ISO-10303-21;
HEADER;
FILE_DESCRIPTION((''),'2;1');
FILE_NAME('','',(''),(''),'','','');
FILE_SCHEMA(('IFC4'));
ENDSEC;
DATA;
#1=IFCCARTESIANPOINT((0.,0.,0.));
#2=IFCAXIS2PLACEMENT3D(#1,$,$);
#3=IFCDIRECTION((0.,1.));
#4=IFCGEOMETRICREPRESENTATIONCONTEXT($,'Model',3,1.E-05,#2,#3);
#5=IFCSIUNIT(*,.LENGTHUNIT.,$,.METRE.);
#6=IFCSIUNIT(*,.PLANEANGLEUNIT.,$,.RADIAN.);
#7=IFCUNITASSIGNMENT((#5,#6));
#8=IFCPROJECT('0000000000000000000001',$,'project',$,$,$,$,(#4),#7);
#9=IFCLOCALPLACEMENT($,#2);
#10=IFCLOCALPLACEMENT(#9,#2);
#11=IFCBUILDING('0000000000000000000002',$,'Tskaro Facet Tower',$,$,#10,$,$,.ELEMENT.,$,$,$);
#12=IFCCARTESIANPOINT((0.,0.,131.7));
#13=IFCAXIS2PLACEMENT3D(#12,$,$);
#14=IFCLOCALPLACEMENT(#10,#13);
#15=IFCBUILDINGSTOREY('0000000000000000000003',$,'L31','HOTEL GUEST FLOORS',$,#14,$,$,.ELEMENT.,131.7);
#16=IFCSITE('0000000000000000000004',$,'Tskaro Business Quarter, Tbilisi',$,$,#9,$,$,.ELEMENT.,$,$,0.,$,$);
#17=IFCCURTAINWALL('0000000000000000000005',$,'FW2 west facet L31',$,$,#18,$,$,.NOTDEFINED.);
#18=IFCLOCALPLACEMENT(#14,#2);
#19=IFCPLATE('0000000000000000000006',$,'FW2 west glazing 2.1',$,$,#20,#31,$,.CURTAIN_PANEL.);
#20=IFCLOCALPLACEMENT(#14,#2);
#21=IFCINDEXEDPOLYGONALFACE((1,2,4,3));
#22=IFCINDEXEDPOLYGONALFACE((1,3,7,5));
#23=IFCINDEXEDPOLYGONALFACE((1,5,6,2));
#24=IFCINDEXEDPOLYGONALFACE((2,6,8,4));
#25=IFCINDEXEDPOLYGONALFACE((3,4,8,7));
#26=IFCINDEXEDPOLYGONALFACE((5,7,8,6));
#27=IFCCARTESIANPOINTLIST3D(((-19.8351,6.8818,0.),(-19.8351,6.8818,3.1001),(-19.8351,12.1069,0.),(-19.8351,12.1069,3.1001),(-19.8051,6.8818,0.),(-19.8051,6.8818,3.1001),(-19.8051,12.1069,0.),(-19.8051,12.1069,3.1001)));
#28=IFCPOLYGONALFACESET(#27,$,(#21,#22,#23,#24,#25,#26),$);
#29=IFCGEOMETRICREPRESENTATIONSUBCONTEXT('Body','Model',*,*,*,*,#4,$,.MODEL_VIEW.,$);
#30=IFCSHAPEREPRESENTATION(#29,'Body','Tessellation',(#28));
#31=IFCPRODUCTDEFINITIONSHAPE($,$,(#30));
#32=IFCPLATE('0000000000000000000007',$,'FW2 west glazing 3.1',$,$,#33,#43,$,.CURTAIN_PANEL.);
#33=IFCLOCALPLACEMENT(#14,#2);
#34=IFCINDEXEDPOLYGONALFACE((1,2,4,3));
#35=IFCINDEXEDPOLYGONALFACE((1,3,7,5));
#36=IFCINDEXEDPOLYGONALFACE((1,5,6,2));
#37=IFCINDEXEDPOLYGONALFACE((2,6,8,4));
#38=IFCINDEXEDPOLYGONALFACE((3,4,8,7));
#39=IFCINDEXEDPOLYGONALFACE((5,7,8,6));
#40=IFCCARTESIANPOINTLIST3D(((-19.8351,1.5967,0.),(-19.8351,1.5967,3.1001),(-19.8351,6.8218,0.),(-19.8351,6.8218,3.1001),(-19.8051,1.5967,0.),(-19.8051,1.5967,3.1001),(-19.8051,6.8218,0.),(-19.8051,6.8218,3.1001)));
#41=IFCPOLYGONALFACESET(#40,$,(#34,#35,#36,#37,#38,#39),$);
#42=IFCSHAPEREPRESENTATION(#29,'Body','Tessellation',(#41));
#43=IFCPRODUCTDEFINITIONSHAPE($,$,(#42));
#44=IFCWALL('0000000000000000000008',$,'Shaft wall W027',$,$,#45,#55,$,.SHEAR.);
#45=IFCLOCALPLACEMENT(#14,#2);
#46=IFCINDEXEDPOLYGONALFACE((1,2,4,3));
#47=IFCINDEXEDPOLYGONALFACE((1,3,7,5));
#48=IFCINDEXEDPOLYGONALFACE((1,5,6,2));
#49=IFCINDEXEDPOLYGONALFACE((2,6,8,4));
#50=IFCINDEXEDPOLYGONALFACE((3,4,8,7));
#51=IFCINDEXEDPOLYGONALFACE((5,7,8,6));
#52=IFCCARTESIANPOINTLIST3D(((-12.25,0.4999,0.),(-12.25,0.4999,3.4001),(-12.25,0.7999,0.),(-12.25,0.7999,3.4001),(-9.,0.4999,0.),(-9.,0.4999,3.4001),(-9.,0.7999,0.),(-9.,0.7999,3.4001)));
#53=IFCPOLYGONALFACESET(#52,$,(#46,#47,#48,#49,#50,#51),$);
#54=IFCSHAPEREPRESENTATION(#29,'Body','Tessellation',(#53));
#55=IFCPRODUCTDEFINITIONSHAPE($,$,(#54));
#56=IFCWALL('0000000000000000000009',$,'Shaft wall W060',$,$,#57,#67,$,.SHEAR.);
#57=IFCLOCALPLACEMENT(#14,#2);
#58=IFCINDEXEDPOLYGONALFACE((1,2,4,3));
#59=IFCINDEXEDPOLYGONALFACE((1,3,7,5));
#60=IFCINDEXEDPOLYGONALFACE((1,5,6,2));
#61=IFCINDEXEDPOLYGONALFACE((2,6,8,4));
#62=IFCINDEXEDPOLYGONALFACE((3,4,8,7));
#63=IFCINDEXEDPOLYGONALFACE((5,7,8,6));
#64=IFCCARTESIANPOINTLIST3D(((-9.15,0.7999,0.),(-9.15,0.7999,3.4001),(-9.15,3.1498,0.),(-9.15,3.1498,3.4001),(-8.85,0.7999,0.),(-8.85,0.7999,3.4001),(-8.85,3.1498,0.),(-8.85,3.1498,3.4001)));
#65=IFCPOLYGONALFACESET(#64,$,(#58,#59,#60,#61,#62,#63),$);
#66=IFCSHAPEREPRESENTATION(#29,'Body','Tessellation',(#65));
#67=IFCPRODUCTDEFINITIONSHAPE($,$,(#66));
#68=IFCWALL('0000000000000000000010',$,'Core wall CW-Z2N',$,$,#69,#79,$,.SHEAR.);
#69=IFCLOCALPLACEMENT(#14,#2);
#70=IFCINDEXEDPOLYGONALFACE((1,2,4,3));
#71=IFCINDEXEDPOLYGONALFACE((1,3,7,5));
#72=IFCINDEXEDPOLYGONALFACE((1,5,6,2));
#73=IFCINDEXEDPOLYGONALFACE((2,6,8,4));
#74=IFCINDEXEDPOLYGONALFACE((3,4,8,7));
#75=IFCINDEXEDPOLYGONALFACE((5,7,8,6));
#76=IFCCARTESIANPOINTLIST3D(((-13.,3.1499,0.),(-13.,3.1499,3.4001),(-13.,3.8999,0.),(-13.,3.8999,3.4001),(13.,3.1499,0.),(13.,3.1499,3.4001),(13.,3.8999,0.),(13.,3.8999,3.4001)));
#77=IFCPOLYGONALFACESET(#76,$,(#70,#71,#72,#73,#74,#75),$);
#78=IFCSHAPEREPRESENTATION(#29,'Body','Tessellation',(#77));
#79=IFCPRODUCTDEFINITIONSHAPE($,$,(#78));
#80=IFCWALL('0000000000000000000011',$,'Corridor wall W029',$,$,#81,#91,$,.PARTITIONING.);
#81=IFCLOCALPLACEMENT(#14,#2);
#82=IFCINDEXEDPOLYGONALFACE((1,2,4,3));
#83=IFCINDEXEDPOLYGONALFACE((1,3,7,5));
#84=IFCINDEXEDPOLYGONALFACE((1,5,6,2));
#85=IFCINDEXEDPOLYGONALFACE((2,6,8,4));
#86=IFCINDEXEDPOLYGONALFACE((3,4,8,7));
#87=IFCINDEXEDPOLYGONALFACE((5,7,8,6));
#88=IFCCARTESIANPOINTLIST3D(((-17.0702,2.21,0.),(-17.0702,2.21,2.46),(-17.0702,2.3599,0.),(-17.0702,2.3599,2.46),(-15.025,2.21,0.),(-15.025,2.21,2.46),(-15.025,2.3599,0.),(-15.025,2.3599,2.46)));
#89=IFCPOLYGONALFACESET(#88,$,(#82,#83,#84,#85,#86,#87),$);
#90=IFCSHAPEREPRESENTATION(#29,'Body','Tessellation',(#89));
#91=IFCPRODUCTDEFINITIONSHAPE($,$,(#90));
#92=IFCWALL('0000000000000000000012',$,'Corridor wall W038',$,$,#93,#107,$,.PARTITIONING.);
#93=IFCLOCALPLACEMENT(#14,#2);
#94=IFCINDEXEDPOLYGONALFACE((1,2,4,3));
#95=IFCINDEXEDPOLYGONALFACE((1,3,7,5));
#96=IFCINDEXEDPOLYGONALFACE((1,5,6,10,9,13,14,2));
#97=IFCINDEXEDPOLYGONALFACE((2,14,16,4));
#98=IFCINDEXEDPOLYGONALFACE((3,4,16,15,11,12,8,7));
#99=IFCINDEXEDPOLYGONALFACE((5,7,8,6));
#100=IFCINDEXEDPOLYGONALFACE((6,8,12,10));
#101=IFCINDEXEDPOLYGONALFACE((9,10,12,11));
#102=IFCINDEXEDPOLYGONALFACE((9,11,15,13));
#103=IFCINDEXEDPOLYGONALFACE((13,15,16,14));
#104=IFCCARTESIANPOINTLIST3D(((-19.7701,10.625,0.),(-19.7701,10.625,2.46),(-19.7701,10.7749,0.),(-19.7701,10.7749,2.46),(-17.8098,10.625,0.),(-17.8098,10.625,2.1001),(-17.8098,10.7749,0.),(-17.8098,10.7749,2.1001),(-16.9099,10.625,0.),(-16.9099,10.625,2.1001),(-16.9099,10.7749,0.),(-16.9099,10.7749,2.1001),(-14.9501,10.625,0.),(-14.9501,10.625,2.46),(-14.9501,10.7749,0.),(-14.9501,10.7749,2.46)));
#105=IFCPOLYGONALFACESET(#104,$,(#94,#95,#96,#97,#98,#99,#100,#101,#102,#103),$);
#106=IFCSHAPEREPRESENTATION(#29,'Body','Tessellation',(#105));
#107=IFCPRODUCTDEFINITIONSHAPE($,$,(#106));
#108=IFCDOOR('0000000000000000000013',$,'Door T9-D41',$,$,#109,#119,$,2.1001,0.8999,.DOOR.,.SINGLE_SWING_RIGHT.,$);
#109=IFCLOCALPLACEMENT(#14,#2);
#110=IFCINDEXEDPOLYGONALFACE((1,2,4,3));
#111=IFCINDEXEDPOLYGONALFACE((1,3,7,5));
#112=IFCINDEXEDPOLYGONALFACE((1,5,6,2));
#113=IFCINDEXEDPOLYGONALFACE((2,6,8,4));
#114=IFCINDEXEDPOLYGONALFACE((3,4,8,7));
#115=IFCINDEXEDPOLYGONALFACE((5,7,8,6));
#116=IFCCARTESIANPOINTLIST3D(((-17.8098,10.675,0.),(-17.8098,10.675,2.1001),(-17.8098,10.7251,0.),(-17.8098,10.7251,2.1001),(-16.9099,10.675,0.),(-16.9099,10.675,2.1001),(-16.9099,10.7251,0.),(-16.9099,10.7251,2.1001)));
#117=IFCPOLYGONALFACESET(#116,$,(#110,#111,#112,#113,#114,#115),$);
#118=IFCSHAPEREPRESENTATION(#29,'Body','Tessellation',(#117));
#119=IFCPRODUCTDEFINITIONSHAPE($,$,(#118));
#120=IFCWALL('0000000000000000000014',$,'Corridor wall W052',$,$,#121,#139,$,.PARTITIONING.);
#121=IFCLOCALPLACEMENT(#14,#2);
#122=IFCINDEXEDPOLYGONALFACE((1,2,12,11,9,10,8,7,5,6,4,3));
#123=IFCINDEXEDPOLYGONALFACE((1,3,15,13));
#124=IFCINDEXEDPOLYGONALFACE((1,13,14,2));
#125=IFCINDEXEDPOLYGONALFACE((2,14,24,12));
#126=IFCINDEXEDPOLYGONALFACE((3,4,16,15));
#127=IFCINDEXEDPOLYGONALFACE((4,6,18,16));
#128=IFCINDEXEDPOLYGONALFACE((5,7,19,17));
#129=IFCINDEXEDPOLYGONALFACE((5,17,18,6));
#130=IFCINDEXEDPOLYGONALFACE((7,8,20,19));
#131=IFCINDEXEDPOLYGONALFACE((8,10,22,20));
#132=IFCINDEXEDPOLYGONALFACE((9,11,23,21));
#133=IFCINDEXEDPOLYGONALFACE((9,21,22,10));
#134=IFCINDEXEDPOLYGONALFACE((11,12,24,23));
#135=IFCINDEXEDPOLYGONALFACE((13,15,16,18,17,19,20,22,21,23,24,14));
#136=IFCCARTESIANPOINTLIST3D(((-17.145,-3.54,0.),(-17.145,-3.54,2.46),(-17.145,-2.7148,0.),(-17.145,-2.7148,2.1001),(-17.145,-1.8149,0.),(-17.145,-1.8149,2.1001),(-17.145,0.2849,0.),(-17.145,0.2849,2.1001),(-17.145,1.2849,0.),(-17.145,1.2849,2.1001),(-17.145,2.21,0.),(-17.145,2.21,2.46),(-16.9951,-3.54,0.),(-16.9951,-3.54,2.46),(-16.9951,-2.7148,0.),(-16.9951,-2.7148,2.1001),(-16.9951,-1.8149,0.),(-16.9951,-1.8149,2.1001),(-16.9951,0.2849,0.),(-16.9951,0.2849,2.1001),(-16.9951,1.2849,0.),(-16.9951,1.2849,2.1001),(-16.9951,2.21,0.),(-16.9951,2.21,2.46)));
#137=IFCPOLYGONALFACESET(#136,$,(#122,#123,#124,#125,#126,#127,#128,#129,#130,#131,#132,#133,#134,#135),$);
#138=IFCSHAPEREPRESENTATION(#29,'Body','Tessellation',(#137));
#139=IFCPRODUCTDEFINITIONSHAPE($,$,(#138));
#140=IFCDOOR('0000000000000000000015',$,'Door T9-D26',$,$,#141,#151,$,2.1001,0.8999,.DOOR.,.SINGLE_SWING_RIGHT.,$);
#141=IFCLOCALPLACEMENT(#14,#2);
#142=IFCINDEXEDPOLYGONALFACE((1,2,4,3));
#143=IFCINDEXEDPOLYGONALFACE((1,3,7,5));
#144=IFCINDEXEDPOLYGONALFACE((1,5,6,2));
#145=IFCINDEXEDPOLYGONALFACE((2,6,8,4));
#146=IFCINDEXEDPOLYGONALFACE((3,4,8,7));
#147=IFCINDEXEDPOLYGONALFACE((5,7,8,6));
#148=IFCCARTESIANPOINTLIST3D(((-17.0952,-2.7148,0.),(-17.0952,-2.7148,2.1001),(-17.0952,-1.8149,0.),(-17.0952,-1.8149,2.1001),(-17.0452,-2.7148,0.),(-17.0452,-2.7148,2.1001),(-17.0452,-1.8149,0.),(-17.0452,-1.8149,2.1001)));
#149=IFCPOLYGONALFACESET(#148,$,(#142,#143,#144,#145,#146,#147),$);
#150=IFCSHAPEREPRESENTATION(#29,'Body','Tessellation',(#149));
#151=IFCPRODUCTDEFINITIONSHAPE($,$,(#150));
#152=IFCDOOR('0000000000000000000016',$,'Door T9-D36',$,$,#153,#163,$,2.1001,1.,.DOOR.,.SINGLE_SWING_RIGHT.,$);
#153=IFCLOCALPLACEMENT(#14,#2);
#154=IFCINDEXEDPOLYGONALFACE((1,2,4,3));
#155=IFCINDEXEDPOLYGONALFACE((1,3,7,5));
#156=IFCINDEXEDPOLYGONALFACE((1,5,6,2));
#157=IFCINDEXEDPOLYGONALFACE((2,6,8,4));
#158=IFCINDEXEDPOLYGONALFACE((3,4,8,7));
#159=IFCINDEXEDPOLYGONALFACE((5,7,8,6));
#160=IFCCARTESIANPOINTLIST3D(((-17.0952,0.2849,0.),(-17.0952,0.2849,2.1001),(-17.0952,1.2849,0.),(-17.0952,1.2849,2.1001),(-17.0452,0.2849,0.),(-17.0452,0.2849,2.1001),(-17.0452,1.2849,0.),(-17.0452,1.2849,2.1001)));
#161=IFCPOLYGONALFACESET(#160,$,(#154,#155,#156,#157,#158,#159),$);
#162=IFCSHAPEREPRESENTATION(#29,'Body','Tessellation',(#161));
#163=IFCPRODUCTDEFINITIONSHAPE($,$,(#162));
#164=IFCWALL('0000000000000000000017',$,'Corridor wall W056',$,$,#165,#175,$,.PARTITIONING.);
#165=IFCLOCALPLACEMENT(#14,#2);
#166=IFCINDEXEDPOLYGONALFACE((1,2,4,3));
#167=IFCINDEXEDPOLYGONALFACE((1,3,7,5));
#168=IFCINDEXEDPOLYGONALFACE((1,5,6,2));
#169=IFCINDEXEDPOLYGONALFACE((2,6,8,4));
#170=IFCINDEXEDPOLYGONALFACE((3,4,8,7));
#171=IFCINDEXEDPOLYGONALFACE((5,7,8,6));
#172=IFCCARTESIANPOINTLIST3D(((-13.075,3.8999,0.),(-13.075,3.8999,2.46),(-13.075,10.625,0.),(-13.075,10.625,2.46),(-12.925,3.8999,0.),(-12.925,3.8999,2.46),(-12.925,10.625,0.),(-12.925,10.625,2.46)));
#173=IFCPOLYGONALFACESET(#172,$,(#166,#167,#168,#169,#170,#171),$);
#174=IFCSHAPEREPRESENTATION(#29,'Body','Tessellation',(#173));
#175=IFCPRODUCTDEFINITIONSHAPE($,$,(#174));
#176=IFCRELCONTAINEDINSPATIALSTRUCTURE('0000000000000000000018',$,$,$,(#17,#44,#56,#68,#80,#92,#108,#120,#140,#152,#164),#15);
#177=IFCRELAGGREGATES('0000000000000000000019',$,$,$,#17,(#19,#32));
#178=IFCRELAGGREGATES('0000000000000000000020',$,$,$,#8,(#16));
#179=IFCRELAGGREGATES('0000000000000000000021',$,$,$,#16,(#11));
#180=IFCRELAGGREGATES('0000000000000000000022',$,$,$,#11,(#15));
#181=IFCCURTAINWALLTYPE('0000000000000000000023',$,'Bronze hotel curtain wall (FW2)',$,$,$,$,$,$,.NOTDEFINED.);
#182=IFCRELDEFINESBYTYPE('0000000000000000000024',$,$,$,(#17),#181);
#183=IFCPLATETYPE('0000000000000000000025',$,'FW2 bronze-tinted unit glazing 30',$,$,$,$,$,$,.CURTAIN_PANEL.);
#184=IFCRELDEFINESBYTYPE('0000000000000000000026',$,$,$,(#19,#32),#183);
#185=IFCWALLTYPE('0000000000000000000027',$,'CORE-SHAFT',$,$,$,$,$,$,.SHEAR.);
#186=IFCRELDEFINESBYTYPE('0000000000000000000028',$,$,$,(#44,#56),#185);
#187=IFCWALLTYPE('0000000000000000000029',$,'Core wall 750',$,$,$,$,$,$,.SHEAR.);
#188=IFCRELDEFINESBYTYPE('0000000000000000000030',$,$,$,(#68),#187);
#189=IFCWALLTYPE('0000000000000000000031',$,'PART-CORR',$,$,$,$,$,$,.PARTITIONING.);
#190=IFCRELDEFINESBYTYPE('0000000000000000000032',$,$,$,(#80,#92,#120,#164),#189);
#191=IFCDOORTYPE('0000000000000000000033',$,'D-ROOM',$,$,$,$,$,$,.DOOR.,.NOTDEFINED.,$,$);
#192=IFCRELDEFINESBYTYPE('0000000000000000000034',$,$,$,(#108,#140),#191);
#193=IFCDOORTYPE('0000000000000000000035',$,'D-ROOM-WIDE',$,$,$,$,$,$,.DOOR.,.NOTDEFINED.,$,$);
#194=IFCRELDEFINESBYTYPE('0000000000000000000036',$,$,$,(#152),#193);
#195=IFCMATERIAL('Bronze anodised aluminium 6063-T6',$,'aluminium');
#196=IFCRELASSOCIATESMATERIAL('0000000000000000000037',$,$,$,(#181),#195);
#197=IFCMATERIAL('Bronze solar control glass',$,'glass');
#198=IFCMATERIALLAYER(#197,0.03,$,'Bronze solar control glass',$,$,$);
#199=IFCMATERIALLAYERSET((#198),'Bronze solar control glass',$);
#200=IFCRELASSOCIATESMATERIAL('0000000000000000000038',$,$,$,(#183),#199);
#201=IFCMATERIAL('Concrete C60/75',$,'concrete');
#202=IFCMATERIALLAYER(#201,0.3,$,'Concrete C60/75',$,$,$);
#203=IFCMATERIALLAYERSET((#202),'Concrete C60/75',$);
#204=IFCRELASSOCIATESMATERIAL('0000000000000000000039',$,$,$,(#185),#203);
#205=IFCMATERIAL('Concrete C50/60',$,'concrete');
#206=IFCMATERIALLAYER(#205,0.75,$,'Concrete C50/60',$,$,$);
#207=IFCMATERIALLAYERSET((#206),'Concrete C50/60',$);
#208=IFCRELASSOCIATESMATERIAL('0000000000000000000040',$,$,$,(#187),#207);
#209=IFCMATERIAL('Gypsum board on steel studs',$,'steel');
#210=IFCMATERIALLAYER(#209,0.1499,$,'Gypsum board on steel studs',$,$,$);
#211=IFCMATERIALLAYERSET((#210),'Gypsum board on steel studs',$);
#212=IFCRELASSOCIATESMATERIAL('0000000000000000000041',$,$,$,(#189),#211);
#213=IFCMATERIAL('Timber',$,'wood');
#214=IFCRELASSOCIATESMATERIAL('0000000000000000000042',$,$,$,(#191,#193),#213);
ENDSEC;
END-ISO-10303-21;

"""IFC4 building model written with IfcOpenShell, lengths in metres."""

from ifc_helpers import new_model, si_unit, direction, frame, frame_2d, origin, origin_2d, place, context, subcontext, project, spatial, rectangle, extrude, material, layer, layer_set, type_object, element, fill, aggregate, save


model = new_model("IFC4")

# Units and contexts
model_context = context("Model", 3, precision=1e-05, world=origin(), true_north=direction((0.0, 1.0)))
body_context = subcontext(model_context, "Body", "Model", "MODEL_VIEW")
ifc_project = project(units=[si_unit("LENGTHUNIT", "METRE"), si_unit("PLANEANGLEUNIT", "RADIAN")], contexts=[model_context])

# Site, building, storey
site_placement = place(None, origin())
site = spatial("IfcSite", under=ifc_project, at=site_placement, Name="Tskaro Business Quarter, Tbilisi", CompositionType="ELEMENT", RefElevation=0.0)
building_placement = place(site_placement, origin())
building = spatial("IfcBuilding", under=site, at=building_placement, Name="Tskaro Facet Tower", CompositionType="ELEMENT")
storey_placement = place(building_placement, frame((0.0, 0.0, 131.7)))
storey = spatial("IfcBuildingStorey", under=building, at=storey_placement, Name="L31", Description="HOTEL GUEST FLOORS", CompositionType="ELEMENT", Elevation=131.7)

# Curtain wall
ifc_material_1 = material(Name="Bronze anodised aluminium 6063-T6", Category="aluminium")
curtain_wall_type = type_object("IfcCurtainWallType", Name="Bronze hotel curtain wall (FW2)", PredefinedType="NOTDEFINED", material=ifc_material_1)
curtain_wall_placement = place(storey_placement, origin())
curtain_wall = element("IfcCurtainWall", 1, at=curtain_wall_placement, inside=storey, type_object=curtain_wall_type, Name="FW2 west facet L31", PredefinedType="NOTDEFINED")

# Plates
ifc_material_2 = material(Name="Bronze solar control glass", Category="glass")
ifc_layer_1 = layer(ifc_material_2, 0.03, Name="Bronze solar control glass")
ifc_layer_set_1 = layer_set([ifc_layer_1], Name="Bronze solar control glass")
plate_type = type_object("IfcPlateType", Name="FW2 bronze-tinted unit glazing 30", PredefinedType="CURTAIN_PANEL", material=ifc_layer_set_1)
plate_1_placement = place(storey_placement, frame((-19.8201, 9.4944, 0.0), z_axis=(0.0, 0.0, 1.0), x_axis=(0.0, -1.0, 0.0)))
plate_1 = element("IfcPlate", 2, at=plate_1_placement, type_object=plate_type, Name="FW2 west glazing 2.1", PredefinedType="CURTAIN_PANEL", context=body_context, shape_type="SweptSolid", body=[
    extrude(rectangle(XDim=5.2251, YDim=0.03, at=origin_2d()), origin(), (0.0, 0.0, 1.0), 3.1001),
])
plate_2_placement = place(storey_placement, frame((-19.8201, 4.2092, 0.0), z_axis=(0.0, 0.0, 1.0), x_axis=(0.0, -1.0, 0.0)))
plate_2 = element("IfcPlate", 3, at=plate_2_placement, type_object=plate_type, Name="FW2 west glazing 3.1", PredefinedType="CURTAIN_PANEL", context=body_context, shape_type="SweptSolid", body=[
    extrude(rectangle(XDim=5.2251, YDim=0.03, at=origin_2d()), origin(), (0.0, 0.0, 1.0), 3.1001),
])
aggregate(curtain_wall, [plate_1, plate_2])

# Walls
ifc_material_3 = material(Name="Concrete C60/75", Category="concrete")
ifc_layer_2 = layer(ifc_material_3, 0.3, Name="Concrete C60/75")
ifc_layer_set_2 = layer_set([ifc_layer_2], Name="Concrete C60/75")
wall_type_1 = type_object("IfcWallType", Name="CORE-SHAFT", PredefinedType="SHEAR", material=ifc_layer_set_2)
wall_1_placement = place(storey_placement, frame((-9.0, 0.6499, 0.0), z_axis=(0.0, 0.0, 1.0), x_axis=(-1.0, 0.0, 0.0)))
element("IfcWall", 4, at=wall_1_placement, inside=storey, type_object=wall_type_1, Name="Shaft wall W027", PredefinedType="SHEAR", context=body_context, shape_type="SweptSolid", body=[
    extrude(rectangle(XDim=3.25, YDim=0.3, at=frame_2d((1.625, 0.0))), origin(), (0.0, 0.0, 1.0), 3.4001),
])
wall_2_placement = place(storey_placement, frame((-9.0, 0.8, 0.0), z_axis=(0.0, 0.0, 1.0), x_axis=(0.0, 1.0, 0.0)))
element("IfcWall", 5, at=wall_2_placement, inside=storey, type_object=wall_type_1, Name="Shaft wall W060", PredefinedType="SHEAR", context=body_context, shape_type="SweptSolid", body=[
    extrude(rectangle(XDim=2.3499, YDim=0.3, at=frame_2d((1.1748, 0.0))), origin(), (0.0, 0.0, 1.0), 3.4001),
])
ifc_material_4 = material(Name="Concrete C50/60", Category="concrete")
ifc_layer_3 = layer(ifc_material_4, 0.75, Name="Concrete C50/60")
ifc_layer_set_3 = layer_set([ifc_layer_3], Name="Concrete C50/60")
wall_type_2 = type_object("IfcWallType", Name="Core wall 750", PredefinedType="SHEAR", material=ifc_layer_set_3)
wall_3_placement = place(storey_placement, frame((-13.0, 3.5249, 0.0), z_axis=(0.0, 0.0, 1.0), x_axis=(1.0, 0.0, 0.0)))
element("IfcWall", 6, at=wall_3_placement, inside=storey, type_object=wall_type_2, Name="Core wall CW-Z2N", PredefinedType="SHEAR", context=body_context, shape_type="SweptSolid", body=[
    extrude(rectangle(XDim=26.0, YDim=0.75, at=frame_2d((13.0, 0.0))), origin(), (0.0, 0.0, 1.0), 3.4001),
])
ifc_material_5 = material(Name="Gypsum board on steel studs", Category="steel")
ifc_layer_4 = layer(ifc_material_5, 0.1499, Name="Gypsum board on steel studs")
ifc_layer_set_4 = layer_set([ifc_layer_4], Name="Gypsum board on steel studs")
wall_type_3 = type_object("IfcWallType", Name="PART-CORR", PredefinedType="PARTITIONING", material=ifc_layer_set_4)
wall_4_placement = place(storey_placement, frame((-17.0701, 2.2849, 0.0), z_axis=(0.0, 0.0, 1.0), x_axis=(1.0, 0.0, 0.0)))
element("IfcWall", 7, at=wall_4_placement, inside=storey, type_object=wall_type_3, Name="Corridor wall W029", PredefinedType="PARTITIONING", context=body_context, shape_type="SweptSolid", body=[
    extrude(rectangle(XDim=2.0452, YDim=0.1499, at=frame_2d((1.0225, 0.0))), origin(), (0.0, 0.0, 1.0), 2.46),
])

# Wall, opening, door
wall_5_placement = place(storey_placement, frame((-14.95, 10.7, 0.0), z_axis=(0.0, 0.0, 1.0), x_axis=(-1.0, 0.0, 0.0)))
wall_5 = element("IfcWall", 8, at=wall_5_placement, inside=storey, type_object=wall_type_3, Name="Corridor wall W038", PredefinedType="PARTITIONING", context=body_context, shape_type="SweptSolid", body=[
    extrude(rectangle(XDim=4.8201, YDim=0.1499, at=frame_2d((2.4102, 0.0))), origin(), (0.0, 0.0, 1.0), 2.46),
])
opening_1_placement = place(wall_5_placement, frame((1.96, 0.0, 0.0)))
opening_1 = element("IfcOpeningElement", 9, at=opening_1_placement, cuts=wall_5, PredefinedType="OPENING", context=body_context, shape_type="SweptSolid", body=[
    extrude(rectangle(XDim=0.8999, YDim=2.1001, at=frame_2d((0.45, 1.05))), frame((0.0, 0.085, 0.0), z_axis=(0.0, -1.0, 0.0), x_axis=(1.0, 0.0, 0.0)), (0.0, 0.0, 1.0), 0.1699),
])
ifc_material_6 = material(Name="Timber", Category="wood")
door_type_1 = type_object("IfcDoorType", Name="D-ROOM", OperationType="NOTDEFINED", PredefinedType="DOOR", material=ifc_material_6)
door_1_placement = place(opening_1_placement, origin())
door_1 = element("IfcDoor", 10, at=door_1_placement, inside=storey, type_object=door_type_1, Name="Door T9-D41", OperationType="SINGLE_SWING_RIGHT", OverallHeight=2.1001, OverallWidth=0.8999, PredefinedType="DOOR", context=body_context, shape_type="SweptSolid", body=[
    extrude(rectangle(XDim=0.8999, YDim=2.1001, at=frame_2d((0.45, 1.05))), frame((0.0, 0.0249, 0.0), z_axis=(0.0, -1.0, 0.0), x_axis=(1.0, 0.0, 0.0)), (0.0, 0.0, 1.0), 0.05),
])
fill(opening_1, door_1)

# Wall, openings, doors
wall_6_placement = place(storey_placement, frame((-17.0701, 2.21, 0.0), z_axis=(0.0, 0.0, 1.0), x_axis=(0.0, -1.0, 0.0)))
wall_6 = element("IfcWall", 11, at=wall_6_placement, inside=storey, type_object=wall_type_3, Name="Corridor wall W052", PredefinedType="PARTITIONING", context=body_context, shape_type="SweptSolid", body=[
    extrude(rectangle(XDim=5.75, YDim=0.1499, at=frame_2d((2.875, 0.0))), origin(), (0.0, 0.0, 1.0), 2.46),
])
opening_2_placement = place(wall_6_placement, frame((4.0249, 0.0, 0.0)))
opening_2 = element("IfcOpeningElement", 12, at=opening_2_placement, cuts=wall_6, PredefinedType="OPENING", context=body_context, shape_type="SweptSolid", body=[
    extrude(rectangle(XDim=0.8999, YDim=2.1001, at=frame_2d((0.45, 1.05))), frame((0.0, 0.085, 0.0), z_axis=(0.0, -1.0, 0.0), x_axis=(1.0, 0.0, 0.0)), (0.0, 0.0, 1.0), 0.1699),
])
opening_3_placement = place(wall_6_placement, frame((0.925, 0.0, 0.0)))
opening_3 = element("IfcOpeningElement", 13, at=opening_3_placement, cuts=wall_6, PredefinedType="OPENING", context=body_context, shape_type="SweptSolid", body=[
    extrude(rectangle(XDim=1.0, YDim=2.1001, at=frame_2d((0.5, 1.05))), frame((0.0, 0.085, 0.0), z_axis=(0.0, -1.0, 0.0), x_axis=(1.0, 0.0, 0.0)), (0.0, 0.0, 1.0), 0.1699),
])
door_2_placement = place(opening_2_placement, origin())
door_2 = element("IfcDoor", 14, at=door_2_placement, inside=storey, type_object=door_type_1, Name="Door T9-D26", OperationType="SINGLE_SWING_RIGHT", OverallHeight=2.1001, OverallWidth=0.8999, PredefinedType="DOOR", context=body_context, shape_type="SweptSolid", body=[
    extrude(rectangle(XDim=0.8999, YDim=2.1001, at=frame_2d((0.45, 1.05))), frame((0.0, 0.0249, 0.0), z_axis=(0.0, -1.0, 0.0), x_axis=(1.0, 0.0, 0.0)), (0.0, 0.0, 1.0), 0.05),
])
fill(opening_2, door_2)
door_type_2 = type_object("IfcDoorType", Name="D-ROOM-WIDE", OperationType="NOTDEFINED", PredefinedType="DOOR", material=ifc_material_6)
door_3_placement = place(opening_3_placement, origin())
door_3 = element("IfcDoor", 15, at=door_3_placement, inside=storey, type_object=door_type_2, Name="Door T9-D36", OperationType="SINGLE_SWING_RIGHT", OverallHeight=2.1001, OverallWidth=1.0, PredefinedType="DOOR", context=body_context, shape_type="SweptSolid", body=[
    extrude(rectangle(XDim=1.0, YDim=2.1001, at=frame_2d((0.5, 1.05))), frame((0.0, 0.0249, 0.0), z_axis=(0.0, -1.0, 0.0), x_axis=(1.0, 0.0, 0.0)), (0.0, 0.0, 1.0), 0.05),
])
fill(opening_3, door_3)

# Wall
wall_7_placement = place(storey_placement, frame((-13.0, 3.8999, 0.0), z_axis=(0.0, 0.0, 1.0), x_axis=(0.0, 1.0, 0.0)))
element("IfcWall", 16, at=wall_7_placement, inside=storey, type_object=wall_type_3, Name="Corridor wall W056", PredefinedType="PARTITIONING", context=body_context, shape_type="SweptSolid", body=[
    extrude(rectangle(XDim=6.7251, YDim=0.1499, at=frame_2d((3.3625, 0.0))), origin(), (0.0, 0.0, 1.0), 2.46),
])

save(model, "model.ifc")
